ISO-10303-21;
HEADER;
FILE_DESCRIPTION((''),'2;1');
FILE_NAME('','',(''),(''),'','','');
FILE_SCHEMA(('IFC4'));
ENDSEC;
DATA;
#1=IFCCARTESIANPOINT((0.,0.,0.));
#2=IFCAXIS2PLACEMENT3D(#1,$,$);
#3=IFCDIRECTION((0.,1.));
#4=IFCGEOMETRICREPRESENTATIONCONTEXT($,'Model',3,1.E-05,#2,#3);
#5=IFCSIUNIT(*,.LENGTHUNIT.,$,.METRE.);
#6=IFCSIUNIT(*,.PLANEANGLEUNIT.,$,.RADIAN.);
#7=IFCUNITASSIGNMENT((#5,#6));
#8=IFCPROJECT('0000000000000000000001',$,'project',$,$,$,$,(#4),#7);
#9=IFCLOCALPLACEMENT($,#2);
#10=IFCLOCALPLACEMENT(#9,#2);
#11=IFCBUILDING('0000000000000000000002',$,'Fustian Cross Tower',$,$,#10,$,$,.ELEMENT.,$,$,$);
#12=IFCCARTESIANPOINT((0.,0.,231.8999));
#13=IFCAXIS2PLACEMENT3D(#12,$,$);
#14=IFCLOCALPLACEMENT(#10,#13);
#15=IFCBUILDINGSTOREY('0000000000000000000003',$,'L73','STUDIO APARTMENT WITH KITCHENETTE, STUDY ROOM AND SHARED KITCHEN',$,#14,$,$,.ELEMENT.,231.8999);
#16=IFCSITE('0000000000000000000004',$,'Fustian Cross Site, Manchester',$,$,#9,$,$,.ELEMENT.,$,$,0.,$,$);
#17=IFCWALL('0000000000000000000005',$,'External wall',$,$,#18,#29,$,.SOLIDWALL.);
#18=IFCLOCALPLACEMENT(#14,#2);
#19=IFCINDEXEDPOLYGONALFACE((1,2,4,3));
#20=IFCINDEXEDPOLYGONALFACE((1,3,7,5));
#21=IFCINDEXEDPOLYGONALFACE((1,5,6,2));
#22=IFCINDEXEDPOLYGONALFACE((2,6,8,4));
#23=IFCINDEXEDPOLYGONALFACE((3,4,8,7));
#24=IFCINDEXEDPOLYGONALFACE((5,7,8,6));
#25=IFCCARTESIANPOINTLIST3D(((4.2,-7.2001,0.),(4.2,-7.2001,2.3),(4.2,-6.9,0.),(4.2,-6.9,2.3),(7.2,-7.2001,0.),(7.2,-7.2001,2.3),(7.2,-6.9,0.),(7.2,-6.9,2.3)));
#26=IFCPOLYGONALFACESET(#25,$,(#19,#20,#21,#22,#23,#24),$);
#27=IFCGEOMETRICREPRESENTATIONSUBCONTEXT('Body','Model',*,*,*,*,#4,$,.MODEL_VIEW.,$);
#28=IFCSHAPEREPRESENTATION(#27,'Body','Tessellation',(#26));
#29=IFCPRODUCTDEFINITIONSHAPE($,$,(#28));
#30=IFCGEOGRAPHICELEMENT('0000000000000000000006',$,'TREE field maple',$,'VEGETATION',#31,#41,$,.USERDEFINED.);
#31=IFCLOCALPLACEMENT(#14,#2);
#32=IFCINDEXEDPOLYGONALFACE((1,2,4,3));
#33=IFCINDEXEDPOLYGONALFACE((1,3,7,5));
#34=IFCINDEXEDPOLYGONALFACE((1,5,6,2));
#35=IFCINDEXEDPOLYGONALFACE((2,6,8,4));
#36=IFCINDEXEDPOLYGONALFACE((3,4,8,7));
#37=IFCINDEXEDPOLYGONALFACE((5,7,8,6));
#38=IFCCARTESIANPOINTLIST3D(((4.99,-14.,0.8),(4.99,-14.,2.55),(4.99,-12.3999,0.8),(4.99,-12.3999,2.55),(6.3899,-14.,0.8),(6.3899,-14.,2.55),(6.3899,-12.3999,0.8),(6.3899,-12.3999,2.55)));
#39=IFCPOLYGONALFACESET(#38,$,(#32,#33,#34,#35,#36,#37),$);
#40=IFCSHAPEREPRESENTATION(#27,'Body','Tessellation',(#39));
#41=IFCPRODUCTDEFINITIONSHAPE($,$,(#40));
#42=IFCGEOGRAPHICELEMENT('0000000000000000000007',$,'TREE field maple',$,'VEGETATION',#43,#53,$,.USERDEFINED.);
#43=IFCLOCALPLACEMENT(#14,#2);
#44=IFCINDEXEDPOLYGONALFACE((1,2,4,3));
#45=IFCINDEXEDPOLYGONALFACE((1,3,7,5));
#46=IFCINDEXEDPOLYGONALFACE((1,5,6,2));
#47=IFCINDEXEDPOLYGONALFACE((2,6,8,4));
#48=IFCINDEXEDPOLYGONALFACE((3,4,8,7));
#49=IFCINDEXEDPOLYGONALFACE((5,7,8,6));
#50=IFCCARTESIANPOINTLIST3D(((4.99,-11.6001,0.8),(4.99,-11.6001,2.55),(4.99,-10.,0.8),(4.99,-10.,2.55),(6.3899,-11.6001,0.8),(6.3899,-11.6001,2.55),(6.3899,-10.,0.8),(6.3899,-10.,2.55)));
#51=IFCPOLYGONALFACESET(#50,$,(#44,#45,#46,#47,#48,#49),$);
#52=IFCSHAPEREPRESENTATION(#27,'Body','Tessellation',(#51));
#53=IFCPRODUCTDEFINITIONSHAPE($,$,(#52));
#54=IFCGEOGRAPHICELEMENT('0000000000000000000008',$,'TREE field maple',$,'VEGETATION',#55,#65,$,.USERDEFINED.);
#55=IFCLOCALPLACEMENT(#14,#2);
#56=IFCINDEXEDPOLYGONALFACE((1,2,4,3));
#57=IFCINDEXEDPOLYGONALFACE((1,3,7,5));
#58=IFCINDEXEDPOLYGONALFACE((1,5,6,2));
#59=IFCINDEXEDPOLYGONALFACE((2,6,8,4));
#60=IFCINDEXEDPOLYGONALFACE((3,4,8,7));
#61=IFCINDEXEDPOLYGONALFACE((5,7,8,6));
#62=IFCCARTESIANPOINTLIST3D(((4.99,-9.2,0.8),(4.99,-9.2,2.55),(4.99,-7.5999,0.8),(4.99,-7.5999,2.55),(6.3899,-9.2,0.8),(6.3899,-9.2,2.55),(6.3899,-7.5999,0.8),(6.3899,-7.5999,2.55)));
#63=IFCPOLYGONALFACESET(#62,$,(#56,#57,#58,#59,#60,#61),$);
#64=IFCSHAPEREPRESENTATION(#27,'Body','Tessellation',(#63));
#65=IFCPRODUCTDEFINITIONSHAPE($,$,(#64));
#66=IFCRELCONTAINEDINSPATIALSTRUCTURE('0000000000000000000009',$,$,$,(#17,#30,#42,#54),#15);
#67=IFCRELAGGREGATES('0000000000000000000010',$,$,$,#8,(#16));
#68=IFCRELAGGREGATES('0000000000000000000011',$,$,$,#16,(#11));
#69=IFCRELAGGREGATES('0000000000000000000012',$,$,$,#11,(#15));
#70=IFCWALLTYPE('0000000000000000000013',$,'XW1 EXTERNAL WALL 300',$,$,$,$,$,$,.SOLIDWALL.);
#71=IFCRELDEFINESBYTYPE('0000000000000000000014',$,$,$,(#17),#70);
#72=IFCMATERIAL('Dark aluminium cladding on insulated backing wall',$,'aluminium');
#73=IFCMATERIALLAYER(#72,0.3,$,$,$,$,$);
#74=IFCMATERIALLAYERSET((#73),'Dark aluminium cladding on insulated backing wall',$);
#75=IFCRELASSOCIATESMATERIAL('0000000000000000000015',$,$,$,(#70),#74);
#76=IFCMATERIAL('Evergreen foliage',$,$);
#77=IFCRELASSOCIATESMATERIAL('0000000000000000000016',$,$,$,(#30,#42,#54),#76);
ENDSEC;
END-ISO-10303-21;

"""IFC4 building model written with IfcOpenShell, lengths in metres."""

from ifc_helpers import new_model, si_unit, direction, frame, frame_2d, origin, origin_2d, place, context, subcontext, project, spatial, rectangle, extrude, material, layer, layer_set, type_object, element, save


model = new_model("IFC4")

# Units and contexts
model_context = context("Model", 3, precision=1e-05, world=origin(), true_north=direction((0.0, 1.0)))
body_context = subcontext(model_context, "Body", "Model", "MODEL_VIEW")
ifc_project = project(units=[si_unit("LENGTHUNIT", "METRE"), si_unit("PLANEANGLEUNIT", "RADIAN")], contexts=[model_context])

# Site, building, storey
site_placement = place(None, origin())
site = spatial("IfcSite", under=ifc_project, at=site_placement, Name="Fustian Cross Site, Manchester", CompositionType="ELEMENT", RefElevation=0.0)
building_placement = place(site_placement, origin())
building = spatial("IfcBuilding", under=site, at=building_placement, Name="Fustian Cross Tower", CompositionType="ELEMENT")
storey_placement = place(building_placement, frame((0.0, 0.0, 231.8999)))
storey = spatial("IfcBuildingStorey", under=building, at=storey_placement, Name="L73", Description="STUDIO APARTMENT WITH KITCHENETTE, STUDY ROOM AND SHARED KITCHEN", CompositionType="ELEMENT", Elevation=231.8999)

# Wall
ifc_material_1 = material(Name="Dark aluminium cladding on insulated backing wall", Category="aluminium")
ifc_layer_1 = layer(ifc_material_1, 0.3)
ifc_layer_set_1 = layer_set([ifc_layer_1], Name="Dark aluminium cladding on insulated backing wall")
wall_type_1 = type_object("IfcWallType", Name="XW1 EXTERNAL WALL 300", PredefinedType="SOLIDWALL", material=ifc_layer_set_1)
wall_1_placement = place(storey_placement, frame((4.2, -7.05, 0.0), z_axis=(0.0, 0.0, 1.0), x_axis=(1.0, 0.0, 0.0)))
element("IfcWall", 1, at=wall_1_placement, inside=storey, type_object=wall_type_1, Name="External wall", PredefinedType="SOLIDWALL", context=body_context, shape_type="SweptSolid", body=[
    extrude(rectangle(XDim=3.0, YDim=0.3, at=frame_2d((1.5, 0.0))), origin(), (0.0, 0.0, 1.0), 2.3),
])

# Geographic elements
ifc_material_2 = material(Name="Evergreen foliage")
for number, where, z_axis, x_axis, name in (
    (2, (5.6899, -13.2, 0.8), (0.0, 0.0, 1.0), (1.0, 0.0, 0.0), "TREE field maple"),
    (3, (5.6899, -10.8, 0.8), (0.0, 0.0, 1.0), (1.0, 0.0, 0.0), "TREE field maple"),
    (4, (5.6899, -8.3999, 0.8), (0.0, 0.0, 1.0), (1.0, 0.0, 0.0), "TREE field maple"),
):
    element("IfcGeographicElement", number, at=place(storey_placement, frame(where, z_axis=z_axis, x_axis=x_axis)), inside=storey, material=ifc_material_2, Name=name, ObjectType="VEGETATION", PredefinedType="USERDEFINED", context=body_context, shape_type="SweptSolid", body=[
        extrude(rectangle(XDim=1.3999, YDim=1.6001, at=origin_2d()), origin(), (0.0, 0.0, 1.0), 1.75),
    ])

save(model, "model.ifc")
